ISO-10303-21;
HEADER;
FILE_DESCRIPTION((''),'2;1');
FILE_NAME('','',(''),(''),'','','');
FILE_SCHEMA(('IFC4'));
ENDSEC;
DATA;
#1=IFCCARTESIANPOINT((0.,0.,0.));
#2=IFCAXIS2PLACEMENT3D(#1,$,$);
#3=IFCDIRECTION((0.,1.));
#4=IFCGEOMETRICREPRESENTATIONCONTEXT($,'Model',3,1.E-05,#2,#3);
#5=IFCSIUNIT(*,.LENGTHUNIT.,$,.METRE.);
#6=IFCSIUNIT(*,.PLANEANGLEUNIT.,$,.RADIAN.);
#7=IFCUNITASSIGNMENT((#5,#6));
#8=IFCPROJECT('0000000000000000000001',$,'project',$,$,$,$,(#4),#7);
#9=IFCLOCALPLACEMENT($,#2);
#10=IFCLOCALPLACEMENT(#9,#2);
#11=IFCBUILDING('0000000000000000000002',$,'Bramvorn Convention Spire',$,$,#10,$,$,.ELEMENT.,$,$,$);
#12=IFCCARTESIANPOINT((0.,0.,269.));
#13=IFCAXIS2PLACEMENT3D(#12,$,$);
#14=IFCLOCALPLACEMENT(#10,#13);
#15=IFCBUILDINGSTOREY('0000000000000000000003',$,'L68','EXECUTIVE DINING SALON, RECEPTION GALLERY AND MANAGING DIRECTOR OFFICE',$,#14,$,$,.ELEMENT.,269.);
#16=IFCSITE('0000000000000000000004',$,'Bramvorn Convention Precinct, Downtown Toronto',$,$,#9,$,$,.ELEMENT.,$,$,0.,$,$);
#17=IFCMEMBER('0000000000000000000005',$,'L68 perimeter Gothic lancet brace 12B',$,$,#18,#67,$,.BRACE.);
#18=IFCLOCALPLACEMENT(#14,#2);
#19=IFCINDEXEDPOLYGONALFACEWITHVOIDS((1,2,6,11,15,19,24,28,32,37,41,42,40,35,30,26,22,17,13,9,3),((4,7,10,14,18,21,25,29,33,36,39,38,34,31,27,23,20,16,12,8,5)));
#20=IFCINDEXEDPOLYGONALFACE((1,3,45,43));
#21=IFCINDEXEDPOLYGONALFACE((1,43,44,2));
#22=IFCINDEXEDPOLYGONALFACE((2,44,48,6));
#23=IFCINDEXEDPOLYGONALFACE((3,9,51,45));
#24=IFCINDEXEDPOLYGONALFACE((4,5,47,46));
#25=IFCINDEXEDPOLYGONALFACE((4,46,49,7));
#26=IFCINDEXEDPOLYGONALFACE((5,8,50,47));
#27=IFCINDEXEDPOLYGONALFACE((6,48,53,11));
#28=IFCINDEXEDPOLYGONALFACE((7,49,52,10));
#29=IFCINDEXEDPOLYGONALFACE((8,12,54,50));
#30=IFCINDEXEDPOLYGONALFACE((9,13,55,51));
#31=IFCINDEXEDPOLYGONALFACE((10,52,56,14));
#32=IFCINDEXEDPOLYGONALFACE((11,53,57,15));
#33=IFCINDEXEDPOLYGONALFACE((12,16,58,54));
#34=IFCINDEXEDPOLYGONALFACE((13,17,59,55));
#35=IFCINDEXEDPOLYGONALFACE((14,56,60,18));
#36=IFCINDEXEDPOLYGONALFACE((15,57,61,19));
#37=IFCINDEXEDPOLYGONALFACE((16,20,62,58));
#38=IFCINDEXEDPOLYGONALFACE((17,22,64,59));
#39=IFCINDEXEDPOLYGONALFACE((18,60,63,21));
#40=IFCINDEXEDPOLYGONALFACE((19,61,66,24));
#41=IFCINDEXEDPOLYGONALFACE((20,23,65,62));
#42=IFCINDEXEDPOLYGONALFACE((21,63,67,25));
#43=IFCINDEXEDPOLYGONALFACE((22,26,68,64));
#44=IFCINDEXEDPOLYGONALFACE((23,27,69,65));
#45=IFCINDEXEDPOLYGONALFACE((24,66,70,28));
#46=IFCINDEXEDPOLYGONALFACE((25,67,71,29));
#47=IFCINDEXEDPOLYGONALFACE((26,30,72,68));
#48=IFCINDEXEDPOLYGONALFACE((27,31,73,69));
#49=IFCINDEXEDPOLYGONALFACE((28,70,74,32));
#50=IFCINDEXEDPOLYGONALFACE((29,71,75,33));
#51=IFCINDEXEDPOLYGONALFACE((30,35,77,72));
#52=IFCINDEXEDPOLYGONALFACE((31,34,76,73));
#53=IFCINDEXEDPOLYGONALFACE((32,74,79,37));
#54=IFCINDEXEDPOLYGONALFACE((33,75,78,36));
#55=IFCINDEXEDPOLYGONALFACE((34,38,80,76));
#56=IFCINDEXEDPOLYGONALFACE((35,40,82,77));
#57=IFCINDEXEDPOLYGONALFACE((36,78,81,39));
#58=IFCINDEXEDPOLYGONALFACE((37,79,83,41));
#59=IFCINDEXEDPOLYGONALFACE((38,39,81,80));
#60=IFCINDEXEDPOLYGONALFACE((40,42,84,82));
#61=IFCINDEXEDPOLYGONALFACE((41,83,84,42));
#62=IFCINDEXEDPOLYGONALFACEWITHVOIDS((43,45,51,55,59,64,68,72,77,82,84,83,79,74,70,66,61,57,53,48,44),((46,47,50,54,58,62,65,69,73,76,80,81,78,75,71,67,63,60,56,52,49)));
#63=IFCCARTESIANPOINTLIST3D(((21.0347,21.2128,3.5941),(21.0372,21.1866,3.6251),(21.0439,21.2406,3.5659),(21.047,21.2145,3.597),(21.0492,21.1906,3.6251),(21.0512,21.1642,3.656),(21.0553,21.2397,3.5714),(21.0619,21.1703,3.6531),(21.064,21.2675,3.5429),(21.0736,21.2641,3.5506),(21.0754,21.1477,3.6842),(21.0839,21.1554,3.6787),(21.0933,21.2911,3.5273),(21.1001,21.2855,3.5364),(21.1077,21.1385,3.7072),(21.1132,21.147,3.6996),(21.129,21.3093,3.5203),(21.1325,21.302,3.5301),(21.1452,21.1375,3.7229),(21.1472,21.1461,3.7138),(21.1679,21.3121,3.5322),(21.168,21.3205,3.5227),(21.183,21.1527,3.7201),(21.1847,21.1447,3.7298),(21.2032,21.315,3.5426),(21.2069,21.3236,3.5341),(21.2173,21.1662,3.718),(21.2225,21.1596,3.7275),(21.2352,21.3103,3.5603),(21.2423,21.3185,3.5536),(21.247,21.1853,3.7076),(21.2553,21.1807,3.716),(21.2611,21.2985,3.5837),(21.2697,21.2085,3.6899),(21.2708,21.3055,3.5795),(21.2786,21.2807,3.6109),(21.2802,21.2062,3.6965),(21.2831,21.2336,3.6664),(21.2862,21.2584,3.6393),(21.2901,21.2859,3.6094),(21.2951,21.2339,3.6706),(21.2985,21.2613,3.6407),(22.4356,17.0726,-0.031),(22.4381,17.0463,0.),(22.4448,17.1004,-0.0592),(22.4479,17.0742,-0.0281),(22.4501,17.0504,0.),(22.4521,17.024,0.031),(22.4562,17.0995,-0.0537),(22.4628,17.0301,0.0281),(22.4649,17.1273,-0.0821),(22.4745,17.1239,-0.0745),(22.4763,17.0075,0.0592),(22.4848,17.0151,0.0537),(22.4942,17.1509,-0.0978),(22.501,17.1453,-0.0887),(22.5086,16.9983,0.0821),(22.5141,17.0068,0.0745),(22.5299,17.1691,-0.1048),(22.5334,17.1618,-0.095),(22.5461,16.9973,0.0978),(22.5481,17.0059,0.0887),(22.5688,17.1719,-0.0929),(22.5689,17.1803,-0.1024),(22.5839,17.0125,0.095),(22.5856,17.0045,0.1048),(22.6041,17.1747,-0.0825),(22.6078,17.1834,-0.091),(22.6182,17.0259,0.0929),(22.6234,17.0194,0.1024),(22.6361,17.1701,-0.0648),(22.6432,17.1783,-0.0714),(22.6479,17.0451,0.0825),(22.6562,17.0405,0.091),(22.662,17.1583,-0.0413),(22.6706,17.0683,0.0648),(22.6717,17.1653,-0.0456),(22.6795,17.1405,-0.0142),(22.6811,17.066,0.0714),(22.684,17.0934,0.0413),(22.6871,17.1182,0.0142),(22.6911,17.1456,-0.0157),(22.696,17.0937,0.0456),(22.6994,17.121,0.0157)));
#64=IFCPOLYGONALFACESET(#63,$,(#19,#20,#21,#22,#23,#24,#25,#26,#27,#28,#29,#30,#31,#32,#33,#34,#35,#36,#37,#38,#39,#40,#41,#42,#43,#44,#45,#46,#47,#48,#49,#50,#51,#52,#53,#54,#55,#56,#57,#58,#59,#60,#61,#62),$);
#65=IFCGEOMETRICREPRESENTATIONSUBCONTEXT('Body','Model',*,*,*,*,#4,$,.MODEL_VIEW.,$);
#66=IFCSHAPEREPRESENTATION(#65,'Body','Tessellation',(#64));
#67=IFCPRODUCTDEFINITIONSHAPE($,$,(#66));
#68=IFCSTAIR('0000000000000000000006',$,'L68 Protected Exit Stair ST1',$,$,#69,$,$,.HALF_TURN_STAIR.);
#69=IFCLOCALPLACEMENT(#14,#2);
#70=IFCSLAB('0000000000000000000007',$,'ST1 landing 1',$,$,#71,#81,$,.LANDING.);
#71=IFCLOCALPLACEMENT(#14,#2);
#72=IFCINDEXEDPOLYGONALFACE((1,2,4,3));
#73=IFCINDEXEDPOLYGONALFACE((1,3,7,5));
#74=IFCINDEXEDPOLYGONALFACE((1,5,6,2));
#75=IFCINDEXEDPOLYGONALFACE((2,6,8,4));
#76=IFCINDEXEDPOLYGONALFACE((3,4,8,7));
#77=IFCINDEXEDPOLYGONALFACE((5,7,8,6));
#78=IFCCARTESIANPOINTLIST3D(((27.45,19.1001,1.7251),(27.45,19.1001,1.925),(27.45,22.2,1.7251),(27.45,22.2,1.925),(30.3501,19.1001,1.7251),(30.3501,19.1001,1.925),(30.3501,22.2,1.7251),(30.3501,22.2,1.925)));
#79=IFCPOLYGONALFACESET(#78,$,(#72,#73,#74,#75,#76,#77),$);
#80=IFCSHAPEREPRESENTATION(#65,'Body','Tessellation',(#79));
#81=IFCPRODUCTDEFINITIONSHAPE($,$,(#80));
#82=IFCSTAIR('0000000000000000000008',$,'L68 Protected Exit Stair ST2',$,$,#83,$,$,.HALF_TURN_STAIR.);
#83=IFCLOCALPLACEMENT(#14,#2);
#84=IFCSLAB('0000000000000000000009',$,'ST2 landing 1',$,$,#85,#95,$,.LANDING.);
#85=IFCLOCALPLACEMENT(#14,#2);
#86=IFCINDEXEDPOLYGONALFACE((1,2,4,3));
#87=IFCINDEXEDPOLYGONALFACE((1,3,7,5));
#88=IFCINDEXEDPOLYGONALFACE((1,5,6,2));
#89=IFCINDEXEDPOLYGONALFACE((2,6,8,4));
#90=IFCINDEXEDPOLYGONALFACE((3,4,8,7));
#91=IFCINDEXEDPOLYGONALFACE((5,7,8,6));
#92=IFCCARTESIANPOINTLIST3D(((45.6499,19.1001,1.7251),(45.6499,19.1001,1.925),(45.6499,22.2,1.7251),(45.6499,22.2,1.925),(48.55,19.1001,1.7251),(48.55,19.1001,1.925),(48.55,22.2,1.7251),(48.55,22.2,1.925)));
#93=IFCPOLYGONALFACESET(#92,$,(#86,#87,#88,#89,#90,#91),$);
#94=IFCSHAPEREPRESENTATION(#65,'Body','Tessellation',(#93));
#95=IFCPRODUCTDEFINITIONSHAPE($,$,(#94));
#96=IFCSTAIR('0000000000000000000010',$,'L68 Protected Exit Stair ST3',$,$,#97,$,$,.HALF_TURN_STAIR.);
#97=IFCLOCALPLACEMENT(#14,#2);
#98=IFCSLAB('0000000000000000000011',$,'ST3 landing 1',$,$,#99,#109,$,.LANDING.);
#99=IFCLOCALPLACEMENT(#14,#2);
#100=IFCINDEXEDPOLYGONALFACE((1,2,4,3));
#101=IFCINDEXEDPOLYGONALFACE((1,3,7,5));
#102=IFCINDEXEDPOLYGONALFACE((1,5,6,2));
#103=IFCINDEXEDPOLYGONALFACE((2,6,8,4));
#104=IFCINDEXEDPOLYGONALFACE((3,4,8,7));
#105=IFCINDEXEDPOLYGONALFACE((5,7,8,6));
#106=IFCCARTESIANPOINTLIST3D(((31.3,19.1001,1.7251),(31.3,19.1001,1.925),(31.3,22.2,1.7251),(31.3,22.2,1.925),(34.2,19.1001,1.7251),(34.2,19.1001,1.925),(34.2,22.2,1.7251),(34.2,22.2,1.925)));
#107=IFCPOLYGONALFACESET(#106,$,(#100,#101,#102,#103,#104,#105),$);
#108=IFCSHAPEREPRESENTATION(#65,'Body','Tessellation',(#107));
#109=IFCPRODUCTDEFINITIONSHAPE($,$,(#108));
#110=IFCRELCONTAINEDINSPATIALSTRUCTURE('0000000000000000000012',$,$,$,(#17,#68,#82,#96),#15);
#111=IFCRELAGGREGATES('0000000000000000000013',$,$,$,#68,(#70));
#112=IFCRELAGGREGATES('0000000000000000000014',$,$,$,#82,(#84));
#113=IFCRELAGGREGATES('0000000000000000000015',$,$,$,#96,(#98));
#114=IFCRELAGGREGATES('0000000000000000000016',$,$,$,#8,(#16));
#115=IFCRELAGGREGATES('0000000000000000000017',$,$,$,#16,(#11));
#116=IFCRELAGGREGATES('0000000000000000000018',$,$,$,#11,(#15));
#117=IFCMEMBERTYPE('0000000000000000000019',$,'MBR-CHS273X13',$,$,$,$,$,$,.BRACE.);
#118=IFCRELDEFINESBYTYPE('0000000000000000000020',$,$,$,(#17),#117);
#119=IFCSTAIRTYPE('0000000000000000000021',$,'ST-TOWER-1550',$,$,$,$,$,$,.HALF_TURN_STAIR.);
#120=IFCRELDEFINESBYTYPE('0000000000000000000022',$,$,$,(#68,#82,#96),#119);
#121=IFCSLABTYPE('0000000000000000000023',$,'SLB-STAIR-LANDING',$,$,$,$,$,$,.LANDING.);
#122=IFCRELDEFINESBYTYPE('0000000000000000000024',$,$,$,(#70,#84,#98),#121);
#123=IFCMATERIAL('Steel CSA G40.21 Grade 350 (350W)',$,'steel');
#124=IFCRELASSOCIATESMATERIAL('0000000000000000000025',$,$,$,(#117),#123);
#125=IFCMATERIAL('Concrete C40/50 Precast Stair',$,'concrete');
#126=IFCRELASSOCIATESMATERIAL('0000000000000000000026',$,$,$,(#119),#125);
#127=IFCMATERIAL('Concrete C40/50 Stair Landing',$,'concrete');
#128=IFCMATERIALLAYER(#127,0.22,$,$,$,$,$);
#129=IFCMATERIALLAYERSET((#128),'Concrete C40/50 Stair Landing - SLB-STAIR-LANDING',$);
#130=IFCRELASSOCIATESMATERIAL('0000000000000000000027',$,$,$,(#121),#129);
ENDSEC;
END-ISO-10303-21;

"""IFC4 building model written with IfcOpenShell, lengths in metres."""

from ifc_helpers import new_model, si_unit, direction, frame, origin, origin_2d, place, context, subcontext, project, spatial, polyline, hollow_circle, outline, extrude, material, layer, layer_set, material_profile, profile_set, type_object, element, aggregate, save


model = new_model("IFC4")

# Units and contexts
model_context = context("Model", 3, precision=1e-05, world=origin(), true_north=direction((0.0, 1.0)))
body_context = subcontext(model_context, "Body", "Model", "MODEL_VIEW")
ifc_project = project(units=[si_unit("LENGTHUNIT", "METRE"), si_unit("PLANEANGLEUNIT", "RADIAN")], contexts=[model_context])

# Site, building, storey
site_placement = place(None, origin())
site = spatial("IfcSite", under=ifc_project, at=site_placement, Name="Bramvorn Convention Precinct, Downtown Toronto", CompositionType="ELEMENT", RefElevation=0.0)
building_placement = place(site_placement, origin())
building = spatial("IfcBuilding", under=site, at=building_placement, Name="Bramvorn Convention Spire", CompositionType="ELEMENT")
storey_placement = place(building_placement, frame((0.0, 0.0, 269.0)))
storey = spatial("IfcBuildingStorey", under=building, at=storey_placement, Name="L68", Description="EXECUTIVE DINING SALON, RECEPTION GALLERY AND MANAGING DIRECTOR OFFICE", CompositionType="ELEMENT", Elevation=269.0)

# Shared definitions
ifc_material_1 = material(Name="Steel CSA G40.21 Grade 350 (350W)", Category="steel")

# Member
ifc_material_profile_1 = material_profile(ifc_material_1, hollow_circle(Radius=0.1365, WallThickness=0.0127, at=origin_2d()))
ifc_profile_set_1 = profile_set([ifc_material_profile_1], Name="Steel CSA G40.21 Grade 350 (350W) - CHS273X13")
member_type = type_object("IfcMemberType", Name="MBR-CHS273X13", PredefinedType="BRACE", material=ifc_profile_set_1)
member_placement = place(storey_placement, frame((22.5674, 17.0901, 0.0), z_axis=(-0.246705, 0.729107, 0.638388), x_axis=(-0.947244, -0.320514, 0.0)))
element("IfcMember", 1, at=member_placement, inside=storey, type_object=member_type, Name="L68 perimeter Gothic lancet brace 12B", PredefinedType="BRACE", context=body_context, shape_type="SweptSolid", body=[
    extrude(hollow_circle(Radius=0.1365, WallThickness=0.0127, at=origin_2d()), origin(), (0.0, 0.0, 1.0), 5.6785),
])

# Stairs, slabs
ifc_material_2 = material(Name="Concrete C40/50 Precast Stair", Category="concrete")
stair_type = type_object("IfcStairType", Name="ST-TOWER-1550", PredefinedType="HALF_TURN_STAIR", material=ifc_material_2)
stair_1_placement = place(storey_placement, origin())
stair_1 = element("IfcStair", 2, at=stair_1_placement, inside=storey, type_object=stair_type, Name="L68 Protected Exit Stair ST1", PredefinedType="HALF_TURN_STAIR")
ifc_material_3 = material(Name="Concrete C40/50 Stair Landing", Category="concrete")
ifc_layer_1 = layer(ifc_material_3, 0.22)
ifc_layer_set_1 = layer_set([ifc_layer_1], Name="Concrete C40/50 Stair Landing - SLB-STAIR-LANDING")
slab_type_1 = type_object("IfcSlabType", Name="SLB-STAIR-LANDING", PredefinedType="LANDING", material=ifc_layer_set_1)
slab_1_placement = place(storey_placement, frame((0.0, 0.0, 1.7251)))
slab_1 = element("IfcSlab", 3, at=slab_1_placement, type_object=slab_type_1, Name="ST1 landing 1", PredefinedType="LANDING", context=body_context, shape_type="SweptSolid", body=[
    extrude(outline(polyline([(27.45, 22.2), (27.45, 19.1001), (30.3501, 19.1001), (30.3501, 22.2), (27.45, 22.2)])), origin(), (0.0, 0.0, 1.0), 0.2),
])
aggregate(stair_1, [slab_1])
stair_2_placement = place(storey_placement, origin())
stair_2 = element("IfcStair", 4, at=stair_2_placement, inside=storey, type_object=stair_type, Name="L68 Protected Exit Stair ST2", PredefinedType="HALF_TURN_STAIR")
slab_2_placement = place(storey_placement, frame((0.0, 0.0, 1.7251)))
slab_2 = element("IfcSlab", 5, at=slab_2_placement, type_object=slab_type_1, Name="ST2 landing 1", PredefinedType="LANDING", context=body_context, shape_type="SweptSolid", body=[
    extrude(outline(polyline([(45.6499, 22.2), (45.6499, 19.1001), (48.55, 19.1001), (48.55, 22.2), (45.6499, 22.2)])), origin(), (0.0, 0.0, 1.0), 0.2),
])
aggregate(stair_2, [slab_2])
stair_3_placement = place(storey_placement, origin())
stair_3 = element("IfcStair", 6, at=stair_3_placement, inside=storey, type_object=stair_type, Name="L68 Protected Exit Stair ST3", PredefinedType="HALF_TURN_STAIR")
slab_3_placement = place(storey_placement, frame((0.0, 0.0, 1.7251)))
slab_3 = element("IfcSlab", 7, at=slab_3_placement, type_object=slab_type_1, Name="ST3 landing 1", PredefinedType="LANDING", context=body_context, shape_type="SweptSolid", body=[
    extrude(outline(polyline([(31.3, 22.2), (31.3, 19.1001), (34.2, 19.1001), (34.2, 22.2), (31.3, 22.2)])), origin(), (0.0, 0.0, 1.0), 0.2),
])
aggregate(stair_3, [slab_3])

save(model, "model.ifc")
